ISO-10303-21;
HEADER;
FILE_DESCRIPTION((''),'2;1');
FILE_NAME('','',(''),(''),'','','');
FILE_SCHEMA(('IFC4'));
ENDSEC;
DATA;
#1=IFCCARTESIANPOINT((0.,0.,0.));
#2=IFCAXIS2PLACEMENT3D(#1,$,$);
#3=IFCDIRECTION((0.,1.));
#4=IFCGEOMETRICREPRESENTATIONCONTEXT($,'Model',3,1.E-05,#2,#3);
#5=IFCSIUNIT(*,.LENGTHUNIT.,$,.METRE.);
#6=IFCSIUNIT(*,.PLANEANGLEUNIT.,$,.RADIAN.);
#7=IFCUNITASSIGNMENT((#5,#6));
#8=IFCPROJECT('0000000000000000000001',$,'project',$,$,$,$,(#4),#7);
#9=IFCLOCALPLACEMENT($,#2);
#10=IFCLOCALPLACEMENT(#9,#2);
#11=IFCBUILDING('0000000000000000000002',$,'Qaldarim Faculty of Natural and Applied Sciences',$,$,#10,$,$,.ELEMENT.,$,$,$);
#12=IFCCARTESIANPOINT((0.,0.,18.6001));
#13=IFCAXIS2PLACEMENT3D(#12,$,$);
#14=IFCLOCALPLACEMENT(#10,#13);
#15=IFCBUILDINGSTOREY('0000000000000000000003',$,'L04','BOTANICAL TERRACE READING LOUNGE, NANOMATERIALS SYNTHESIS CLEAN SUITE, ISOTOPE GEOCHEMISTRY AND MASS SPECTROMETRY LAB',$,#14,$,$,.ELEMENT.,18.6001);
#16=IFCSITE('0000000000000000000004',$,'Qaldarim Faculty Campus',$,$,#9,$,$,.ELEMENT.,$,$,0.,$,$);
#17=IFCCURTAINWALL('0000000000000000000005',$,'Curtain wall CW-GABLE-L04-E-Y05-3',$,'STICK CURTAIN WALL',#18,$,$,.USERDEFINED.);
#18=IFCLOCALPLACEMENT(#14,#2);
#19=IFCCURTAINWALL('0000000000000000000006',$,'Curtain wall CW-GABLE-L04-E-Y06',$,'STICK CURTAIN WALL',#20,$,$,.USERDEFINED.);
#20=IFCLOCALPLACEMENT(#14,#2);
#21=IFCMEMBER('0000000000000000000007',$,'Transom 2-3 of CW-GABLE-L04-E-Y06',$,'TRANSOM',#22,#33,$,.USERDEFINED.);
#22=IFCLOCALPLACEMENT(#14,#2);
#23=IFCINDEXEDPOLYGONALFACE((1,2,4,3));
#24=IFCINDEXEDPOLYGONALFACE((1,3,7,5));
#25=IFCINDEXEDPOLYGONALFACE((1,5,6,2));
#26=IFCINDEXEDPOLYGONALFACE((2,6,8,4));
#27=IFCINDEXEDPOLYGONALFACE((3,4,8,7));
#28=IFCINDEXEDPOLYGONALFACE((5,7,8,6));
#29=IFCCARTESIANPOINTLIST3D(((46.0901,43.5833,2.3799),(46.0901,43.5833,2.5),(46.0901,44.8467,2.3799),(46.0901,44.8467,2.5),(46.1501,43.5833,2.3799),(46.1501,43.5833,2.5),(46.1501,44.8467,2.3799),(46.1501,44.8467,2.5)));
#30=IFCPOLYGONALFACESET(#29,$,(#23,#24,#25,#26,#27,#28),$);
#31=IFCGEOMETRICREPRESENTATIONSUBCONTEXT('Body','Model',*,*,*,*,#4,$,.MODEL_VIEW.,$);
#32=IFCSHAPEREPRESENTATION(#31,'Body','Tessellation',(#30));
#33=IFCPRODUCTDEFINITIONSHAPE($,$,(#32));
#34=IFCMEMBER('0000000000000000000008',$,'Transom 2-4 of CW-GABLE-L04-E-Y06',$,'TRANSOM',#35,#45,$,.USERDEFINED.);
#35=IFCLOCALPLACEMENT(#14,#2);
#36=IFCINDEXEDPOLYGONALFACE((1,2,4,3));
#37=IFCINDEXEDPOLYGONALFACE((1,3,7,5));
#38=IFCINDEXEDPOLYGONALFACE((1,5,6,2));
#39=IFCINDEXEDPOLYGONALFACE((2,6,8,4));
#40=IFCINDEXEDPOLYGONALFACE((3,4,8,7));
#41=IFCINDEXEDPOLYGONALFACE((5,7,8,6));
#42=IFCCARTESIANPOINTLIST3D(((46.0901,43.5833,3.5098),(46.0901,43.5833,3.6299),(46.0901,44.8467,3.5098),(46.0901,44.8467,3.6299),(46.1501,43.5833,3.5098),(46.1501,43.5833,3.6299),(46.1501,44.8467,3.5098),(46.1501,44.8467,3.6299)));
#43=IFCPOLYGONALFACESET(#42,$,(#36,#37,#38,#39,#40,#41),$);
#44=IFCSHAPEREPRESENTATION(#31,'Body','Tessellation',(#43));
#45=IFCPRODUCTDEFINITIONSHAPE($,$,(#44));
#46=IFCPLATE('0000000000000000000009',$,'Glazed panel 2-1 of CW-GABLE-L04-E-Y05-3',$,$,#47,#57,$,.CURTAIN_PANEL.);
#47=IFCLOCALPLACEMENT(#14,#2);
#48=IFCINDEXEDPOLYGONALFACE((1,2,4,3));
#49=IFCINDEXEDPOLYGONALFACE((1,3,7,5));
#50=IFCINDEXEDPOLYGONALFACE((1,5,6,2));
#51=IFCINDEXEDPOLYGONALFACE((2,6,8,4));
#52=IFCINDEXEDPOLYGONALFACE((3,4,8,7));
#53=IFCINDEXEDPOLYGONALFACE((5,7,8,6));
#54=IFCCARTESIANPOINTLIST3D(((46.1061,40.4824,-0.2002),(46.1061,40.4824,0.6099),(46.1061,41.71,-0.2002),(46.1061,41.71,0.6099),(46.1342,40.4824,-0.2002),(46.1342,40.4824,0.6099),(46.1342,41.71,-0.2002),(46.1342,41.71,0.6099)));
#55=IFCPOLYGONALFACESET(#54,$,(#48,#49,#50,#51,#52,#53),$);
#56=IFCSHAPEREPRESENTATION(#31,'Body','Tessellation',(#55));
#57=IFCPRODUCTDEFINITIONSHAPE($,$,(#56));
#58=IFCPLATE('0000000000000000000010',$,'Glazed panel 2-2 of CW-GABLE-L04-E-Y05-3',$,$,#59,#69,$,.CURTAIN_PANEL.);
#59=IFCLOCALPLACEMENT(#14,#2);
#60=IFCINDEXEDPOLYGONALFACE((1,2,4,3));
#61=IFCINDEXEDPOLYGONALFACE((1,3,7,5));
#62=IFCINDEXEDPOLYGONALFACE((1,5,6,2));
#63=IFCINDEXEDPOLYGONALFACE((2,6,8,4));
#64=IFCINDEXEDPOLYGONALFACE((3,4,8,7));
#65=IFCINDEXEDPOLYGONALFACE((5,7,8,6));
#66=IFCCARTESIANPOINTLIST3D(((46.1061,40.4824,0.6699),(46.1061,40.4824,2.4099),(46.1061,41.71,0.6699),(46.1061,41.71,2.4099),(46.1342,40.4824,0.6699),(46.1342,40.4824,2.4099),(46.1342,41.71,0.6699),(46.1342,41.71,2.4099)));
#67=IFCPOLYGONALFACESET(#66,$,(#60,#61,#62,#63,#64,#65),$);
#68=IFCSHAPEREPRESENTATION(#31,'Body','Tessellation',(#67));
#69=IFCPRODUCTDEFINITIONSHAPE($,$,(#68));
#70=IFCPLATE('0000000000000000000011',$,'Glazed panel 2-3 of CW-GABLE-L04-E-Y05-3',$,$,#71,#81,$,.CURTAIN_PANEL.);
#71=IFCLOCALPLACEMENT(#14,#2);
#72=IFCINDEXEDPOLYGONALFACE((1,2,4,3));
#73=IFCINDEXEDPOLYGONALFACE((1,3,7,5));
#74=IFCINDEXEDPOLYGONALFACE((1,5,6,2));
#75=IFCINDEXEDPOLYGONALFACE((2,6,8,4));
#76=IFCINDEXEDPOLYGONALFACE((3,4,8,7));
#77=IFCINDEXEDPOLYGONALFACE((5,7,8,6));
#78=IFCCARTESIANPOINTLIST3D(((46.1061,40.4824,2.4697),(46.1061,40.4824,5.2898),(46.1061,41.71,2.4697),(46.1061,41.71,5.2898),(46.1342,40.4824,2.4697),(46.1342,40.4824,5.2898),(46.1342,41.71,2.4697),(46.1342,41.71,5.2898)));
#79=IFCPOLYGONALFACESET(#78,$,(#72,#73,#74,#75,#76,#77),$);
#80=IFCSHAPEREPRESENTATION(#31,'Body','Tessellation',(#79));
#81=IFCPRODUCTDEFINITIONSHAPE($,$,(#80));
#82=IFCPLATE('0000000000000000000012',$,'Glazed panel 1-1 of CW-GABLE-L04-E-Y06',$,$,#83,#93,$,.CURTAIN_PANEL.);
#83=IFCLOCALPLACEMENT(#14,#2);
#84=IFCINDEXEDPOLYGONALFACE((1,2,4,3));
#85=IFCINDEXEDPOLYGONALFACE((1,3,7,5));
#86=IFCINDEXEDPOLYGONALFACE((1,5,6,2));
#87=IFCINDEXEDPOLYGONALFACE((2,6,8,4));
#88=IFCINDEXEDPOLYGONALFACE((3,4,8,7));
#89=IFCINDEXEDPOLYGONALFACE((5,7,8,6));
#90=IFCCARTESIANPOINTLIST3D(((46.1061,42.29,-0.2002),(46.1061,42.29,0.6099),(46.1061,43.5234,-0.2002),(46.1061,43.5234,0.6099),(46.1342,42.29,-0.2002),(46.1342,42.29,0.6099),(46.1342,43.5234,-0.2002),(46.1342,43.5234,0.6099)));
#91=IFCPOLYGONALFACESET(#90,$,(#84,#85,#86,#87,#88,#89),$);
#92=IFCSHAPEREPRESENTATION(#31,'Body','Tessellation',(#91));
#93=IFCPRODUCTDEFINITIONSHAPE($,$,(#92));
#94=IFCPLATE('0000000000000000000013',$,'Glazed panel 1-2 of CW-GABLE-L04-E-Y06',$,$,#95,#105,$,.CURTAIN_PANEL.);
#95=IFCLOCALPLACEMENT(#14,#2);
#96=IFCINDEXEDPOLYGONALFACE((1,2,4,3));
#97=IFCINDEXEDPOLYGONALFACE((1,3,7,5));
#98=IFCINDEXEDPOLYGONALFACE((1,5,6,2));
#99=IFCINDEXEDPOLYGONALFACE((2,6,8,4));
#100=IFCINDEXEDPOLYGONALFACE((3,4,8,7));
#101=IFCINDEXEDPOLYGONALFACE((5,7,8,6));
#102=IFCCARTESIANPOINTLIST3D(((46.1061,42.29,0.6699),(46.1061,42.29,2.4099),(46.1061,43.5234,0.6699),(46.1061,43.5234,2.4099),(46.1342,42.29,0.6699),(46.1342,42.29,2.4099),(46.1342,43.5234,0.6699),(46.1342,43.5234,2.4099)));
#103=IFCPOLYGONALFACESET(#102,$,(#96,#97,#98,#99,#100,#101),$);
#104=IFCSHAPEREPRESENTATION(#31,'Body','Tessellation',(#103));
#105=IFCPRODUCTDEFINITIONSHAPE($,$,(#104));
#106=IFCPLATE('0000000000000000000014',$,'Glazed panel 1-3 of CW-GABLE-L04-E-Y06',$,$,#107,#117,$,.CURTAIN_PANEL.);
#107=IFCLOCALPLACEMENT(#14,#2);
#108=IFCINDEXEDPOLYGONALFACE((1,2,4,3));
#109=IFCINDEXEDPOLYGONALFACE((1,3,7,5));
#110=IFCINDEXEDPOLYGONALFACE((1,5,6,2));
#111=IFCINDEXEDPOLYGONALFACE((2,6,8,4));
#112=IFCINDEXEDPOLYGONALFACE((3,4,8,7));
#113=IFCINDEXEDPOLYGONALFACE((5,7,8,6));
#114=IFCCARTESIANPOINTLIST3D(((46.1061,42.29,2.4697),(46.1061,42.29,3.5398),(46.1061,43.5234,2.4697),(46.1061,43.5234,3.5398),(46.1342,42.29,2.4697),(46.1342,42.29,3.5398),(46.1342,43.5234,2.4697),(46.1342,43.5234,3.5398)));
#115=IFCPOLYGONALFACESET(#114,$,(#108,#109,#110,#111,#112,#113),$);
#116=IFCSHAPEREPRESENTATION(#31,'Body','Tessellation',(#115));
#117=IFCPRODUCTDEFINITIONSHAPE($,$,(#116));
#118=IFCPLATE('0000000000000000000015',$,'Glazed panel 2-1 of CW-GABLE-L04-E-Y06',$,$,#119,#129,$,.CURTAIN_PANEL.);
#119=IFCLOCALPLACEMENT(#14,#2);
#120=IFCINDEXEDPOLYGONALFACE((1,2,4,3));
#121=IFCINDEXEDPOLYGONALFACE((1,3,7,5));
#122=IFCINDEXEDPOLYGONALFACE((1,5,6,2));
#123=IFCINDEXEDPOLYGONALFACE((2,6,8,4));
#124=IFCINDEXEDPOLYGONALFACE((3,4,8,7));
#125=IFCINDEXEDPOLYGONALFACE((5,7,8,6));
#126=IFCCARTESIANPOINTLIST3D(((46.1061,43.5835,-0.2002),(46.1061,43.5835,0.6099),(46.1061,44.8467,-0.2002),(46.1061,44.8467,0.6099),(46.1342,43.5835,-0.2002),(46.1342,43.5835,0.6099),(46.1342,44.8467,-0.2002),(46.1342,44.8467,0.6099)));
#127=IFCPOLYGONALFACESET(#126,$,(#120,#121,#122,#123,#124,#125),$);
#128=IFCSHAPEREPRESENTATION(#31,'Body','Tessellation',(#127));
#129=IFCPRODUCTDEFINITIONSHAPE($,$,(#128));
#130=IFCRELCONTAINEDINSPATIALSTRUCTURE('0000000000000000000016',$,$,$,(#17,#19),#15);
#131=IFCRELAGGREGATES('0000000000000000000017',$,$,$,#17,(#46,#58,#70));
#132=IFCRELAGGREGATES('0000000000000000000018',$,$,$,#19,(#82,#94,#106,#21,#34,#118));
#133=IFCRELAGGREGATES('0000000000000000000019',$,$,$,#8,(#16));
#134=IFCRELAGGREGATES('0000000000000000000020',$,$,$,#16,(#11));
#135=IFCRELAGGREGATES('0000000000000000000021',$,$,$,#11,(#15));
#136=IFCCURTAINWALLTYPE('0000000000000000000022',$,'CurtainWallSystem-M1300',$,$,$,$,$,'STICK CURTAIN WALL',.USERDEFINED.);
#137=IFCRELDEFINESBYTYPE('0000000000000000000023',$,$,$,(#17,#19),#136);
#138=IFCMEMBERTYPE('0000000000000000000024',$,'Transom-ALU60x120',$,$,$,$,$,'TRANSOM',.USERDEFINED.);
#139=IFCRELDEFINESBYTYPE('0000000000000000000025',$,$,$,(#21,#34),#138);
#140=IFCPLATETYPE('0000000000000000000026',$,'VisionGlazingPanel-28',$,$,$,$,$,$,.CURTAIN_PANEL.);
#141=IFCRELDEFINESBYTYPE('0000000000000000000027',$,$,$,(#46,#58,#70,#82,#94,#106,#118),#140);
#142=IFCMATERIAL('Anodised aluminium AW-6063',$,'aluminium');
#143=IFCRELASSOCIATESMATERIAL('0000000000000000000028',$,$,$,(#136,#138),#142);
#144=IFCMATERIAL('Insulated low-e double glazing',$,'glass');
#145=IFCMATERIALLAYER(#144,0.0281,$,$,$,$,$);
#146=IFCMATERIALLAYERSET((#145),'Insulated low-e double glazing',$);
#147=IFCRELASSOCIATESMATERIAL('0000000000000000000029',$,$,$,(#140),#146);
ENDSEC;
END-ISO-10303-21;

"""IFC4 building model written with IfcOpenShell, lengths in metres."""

from ifc_helpers import new_model, si_unit, direction, frame, origin, origin_2d, place, context, subcontext, project, spatial, rectangle, extrude, material, layer, layer_set, material_profile, profile_set, type_object, element, aggregate, save


model = new_model("IFC4")

# Units and contexts
model_context = context("Model", 3, precision=1e-05, world=origin(), true_north=direction((0.0, 1.0)))
body_context = subcontext(model_context, "Body", "Model", "MODEL_VIEW")
ifc_project = project(units=[si_unit("LENGTHUNIT", "METRE"), si_unit("PLANEANGLEUNIT", "RADIAN")], contexts=[model_context])

# Site, building, storey
site_placement = place(None, origin())
site = spatial("IfcSite", under=ifc_project, at=site_placement, Name="Qaldarim Faculty Campus", CompositionType="ELEMENT", RefElevation=0.0)
building_placement = place(site_placement, origin())
building = spatial("IfcBuilding", under=site, at=building_placement, Name="Qaldarim Faculty of Natural and Applied Sciences", CompositionType="ELEMENT")
storey_placement = place(building_placement, frame((0.0, 0.0, 18.6001)))
storey = spatial("IfcBuildingStorey", under=building, at=storey_placement, Name="L04", Description="BOTANICAL TERRACE READING LOUNGE, NANOMATERIALS SYNTHESIS CLEAN SUITE, ISOTOPE GEOCHEMISTRY AND MASS SPECTROMETRY LAB", CompositionType="ELEMENT", Elevation=18.6001)

# Curtain wall
ifc_material_1 = material(Name="Anodised aluminium AW-6063", Category="aluminium")
curtain_wall_type = type_object("IfcCurtainWallType", Name="CurtainWallSystem-M1300", ElementType="STICK CURTAIN WALL", PredefinedType="USERDEFINED", material=ifc_material_1)
curtain_wall_1_placement = place(storey_placement, origin())
curtain_wall_1 = element("IfcCurtainWall", 1, at=curtain_wall_1_placement, inside=storey, type_object=curtain_wall_type, Name="Curtain wall CW-GABLE-L04-E-Y05-3", ObjectType="STICK CURTAIN WALL", PredefinedType="USERDEFINED")

# Curtain wall
curtain_wall_2_placement = place(storey_placement, origin())
curtain_wall_2 = element("IfcCurtainWall", 2, at=curtain_wall_2_placement, inside=storey, type_object=curtain_wall_type, Name="Curtain wall CW-GABLE-L04-E-Y06", ObjectType="STICK CURTAIN WALL", PredefinedType="USERDEFINED")

# Members
ifc_material_profile_1 = material_profile(ifc_material_1, rectangle(XDim=0.0601, YDim=0.1201, at=origin_2d()), Name="ALU-T60x120")
ifc_profile_set_1 = profile_set([ifc_material_profile_1], Name="Anodised aluminium AW-6063")
member_type_1 = type_object("IfcMemberType", Name="Transom-ALU60x120", ElementType="TRANSOM", PredefinedType="USERDEFINED", material=ifc_profile_set_1)
member_1_placement = place(storey_placement, frame((46.1201, 43.5833, 2.4399), z_axis=(0.0, 1.0, 0.0), x_axis=(-1.0, 0.0, 0.0)))
member_1 = element("IfcMember", 3, at=member_1_placement, type_object=member_type_1, Name="Transom 2-3 of CW-GABLE-L04-E-Y06", ObjectType="TRANSOM", PredefinedType="USERDEFINED", context=body_context, shape_type="SweptSolid", body=[
    extrude(rectangle(XDim=0.0601, YDim=0.1201, at=origin_2d()), origin(), (0.0, 0.0, 1.0), 1.2634),
])
member_2_placement = place(storey_placement, frame((46.1201, 43.5833, 3.5698), z_axis=(0.0, 1.0, 0.0), x_axis=(-1.0, 0.0, 0.0)))
member_2 = element("IfcMember", 4, at=member_2_placement, type_object=member_type_1, Name="Transom 2-4 of CW-GABLE-L04-E-Y06", ObjectType="TRANSOM", PredefinedType="USERDEFINED", context=body_context, shape_type="SweptSolid", body=[
    extrude(rectangle(XDim=0.0601, YDim=0.1201, at=origin_2d()), origin(), (0.0, 0.0, 1.0), 1.2634),
])

# Plates
ifc_material_2 = material(Name="Insulated low-e double glazing", Category="glass")
ifc_layer = layer(ifc_material_2, 0.0281)
ifc_layer_set = layer_set([ifc_layer], Name="Insulated low-e double glazing")
plate_type = type_object("IfcPlateType", Name="VisionGlazingPanel-28", PredefinedType="CURTAIN_PANEL", material=ifc_layer_set)
plate_1_placement = place(storey_placement, frame((46.1201, 41.0962, -0.2002), z_axis=(0.0, 0.0, 1.0), x_axis=(0.0, 1.0, 0.0)))
plate_1 = element("IfcPlate", 5, at=plate_1_placement, type_object=plate_type, Name="Glazed panel 2-1 of CW-GABLE-L04-E-Y05-3", PredefinedType="CURTAIN_PANEL", context=body_context, shape_type="SweptSolid", body=[
    extrude(rectangle(XDim=1.2275, YDim=0.0281, at=origin_2d()), origin(), (0.0, 0.0, 1.0), 0.8101),
])
plate_2_placement = place(storey_placement, frame((46.1201, 41.0962, 0.6699), z_axis=(0.0, 0.0, 1.0), x_axis=(0.0, 1.0, 0.0)))
plate_2 = element("IfcPlate", 6, at=plate_2_placement, type_object=plate_type, Name="Glazed panel 2-2 of CW-GABLE-L04-E-Y05-3", PredefinedType="CURTAIN_PANEL", context=body_context, shape_type="SweptSolid", body=[
    extrude(rectangle(XDim=1.2275, YDim=0.0281, at=origin_2d()), origin(), (0.0, 0.0, 1.0), 1.74),
])
plate_3_placement = place(storey_placement, frame((46.1201, 41.0962, 2.4697), z_axis=(0.0, 0.0, 1.0), x_axis=(0.0, 1.0, 0.0)))
plate_3 = element("IfcPlate", 7, at=plate_3_placement, type_object=plate_type, Name="Glazed panel 2-3 of CW-GABLE-L04-E-Y05-3", PredefinedType="CURTAIN_PANEL", context=body_context, shape_type="SweptSolid", body=[
    extrude(rectangle(XDim=1.2275, YDim=0.0281, at=origin_2d()), origin(), (0.0, 0.0, 1.0), 2.8201),
])
aggregate(curtain_wall_1, [plate_1, plate_2, plate_3])
plate_4_placement = place(storey_placement, frame((46.1201, 42.9067, -0.2002), z_axis=(0.0, 0.0, 1.0), x_axis=(0.0, 1.0, 0.0)))
plate_4 = element("IfcPlate", 8, at=plate_4_placement, type_object=plate_type, Name="Glazed panel 1-1 of CW-GABLE-L04-E-Y06", PredefinedType="CURTAIN_PANEL", context=body_context, shape_type="SweptSolid", body=[
    extrude(rectangle(XDim=1.2334, YDim=0.0281, at=origin_2d()), origin(), (0.0, 0.0, 1.0), 0.8101),
])
plate_5_placement = place(storey_placement, frame((46.1201, 42.9067, 0.6699), z_axis=(0.0, 0.0, 1.0), x_axis=(0.0, 1.0, 0.0)))
plate_5 = element("IfcPlate", 9, at=plate_5_placement, type_object=plate_type, Name="Glazed panel 1-2 of CW-GABLE-L04-E-Y06", PredefinedType="CURTAIN_PANEL", context=body_context, shape_type="SweptSolid", body=[
    extrude(rectangle(XDim=1.2334, YDim=0.0281, at=origin_2d()), origin(), (0.0, 0.0, 1.0), 1.74),
])
plate_6_placement = place(storey_placement, frame((46.1201, 42.9067, 2.4697), z_axis=(0.0, 0.0, 1.0), x_axis=(0.0, 1.0, 0.0)))
plate_6 = element("IfcPlate", 10, at=plate_6_placement, type_object=plate_type, Name="Glazed panel 1-3 of CW-GABLE-L04-E-Y06", PredefinedType="CURTAIN_PANEL", context=body_context, shape_type="SweptSolid", body=[
    extrude(rectangle(XDim=1.2334, YDim=0.0281, at=origin_2d()), origin(), (0.0, 0.0, 1.0), 1.0701),
])
plate_7_placement = place(storey_placement, frame((46.1201, 44.2151, -0.2002), z_axis=(0.0, 0.0, 1.0), x_axis=(0.0, 1.0, 0.0)))
plate_7 = element("IfcPlate", 11, at=plate_7_placement, type_object=plate_type, Name="Glazed panel 2-1 of CW-GABLE-L04-E-Y06", PredefinedType="CURTAIN_PANEL", context=body_context, shape_type="SweptSolid", body=[
    extrude(rectangle(XDim=1.2632, YDim=0.0281, at=origin_2d()), origin(), (0.0, 0.0, 1.0), 0.8101),
])
aggregate(curtain_wall_2, [plate_4, plate_5, plate_6, member_1, member_2, plate_7])

save(model, "model.ifc")
